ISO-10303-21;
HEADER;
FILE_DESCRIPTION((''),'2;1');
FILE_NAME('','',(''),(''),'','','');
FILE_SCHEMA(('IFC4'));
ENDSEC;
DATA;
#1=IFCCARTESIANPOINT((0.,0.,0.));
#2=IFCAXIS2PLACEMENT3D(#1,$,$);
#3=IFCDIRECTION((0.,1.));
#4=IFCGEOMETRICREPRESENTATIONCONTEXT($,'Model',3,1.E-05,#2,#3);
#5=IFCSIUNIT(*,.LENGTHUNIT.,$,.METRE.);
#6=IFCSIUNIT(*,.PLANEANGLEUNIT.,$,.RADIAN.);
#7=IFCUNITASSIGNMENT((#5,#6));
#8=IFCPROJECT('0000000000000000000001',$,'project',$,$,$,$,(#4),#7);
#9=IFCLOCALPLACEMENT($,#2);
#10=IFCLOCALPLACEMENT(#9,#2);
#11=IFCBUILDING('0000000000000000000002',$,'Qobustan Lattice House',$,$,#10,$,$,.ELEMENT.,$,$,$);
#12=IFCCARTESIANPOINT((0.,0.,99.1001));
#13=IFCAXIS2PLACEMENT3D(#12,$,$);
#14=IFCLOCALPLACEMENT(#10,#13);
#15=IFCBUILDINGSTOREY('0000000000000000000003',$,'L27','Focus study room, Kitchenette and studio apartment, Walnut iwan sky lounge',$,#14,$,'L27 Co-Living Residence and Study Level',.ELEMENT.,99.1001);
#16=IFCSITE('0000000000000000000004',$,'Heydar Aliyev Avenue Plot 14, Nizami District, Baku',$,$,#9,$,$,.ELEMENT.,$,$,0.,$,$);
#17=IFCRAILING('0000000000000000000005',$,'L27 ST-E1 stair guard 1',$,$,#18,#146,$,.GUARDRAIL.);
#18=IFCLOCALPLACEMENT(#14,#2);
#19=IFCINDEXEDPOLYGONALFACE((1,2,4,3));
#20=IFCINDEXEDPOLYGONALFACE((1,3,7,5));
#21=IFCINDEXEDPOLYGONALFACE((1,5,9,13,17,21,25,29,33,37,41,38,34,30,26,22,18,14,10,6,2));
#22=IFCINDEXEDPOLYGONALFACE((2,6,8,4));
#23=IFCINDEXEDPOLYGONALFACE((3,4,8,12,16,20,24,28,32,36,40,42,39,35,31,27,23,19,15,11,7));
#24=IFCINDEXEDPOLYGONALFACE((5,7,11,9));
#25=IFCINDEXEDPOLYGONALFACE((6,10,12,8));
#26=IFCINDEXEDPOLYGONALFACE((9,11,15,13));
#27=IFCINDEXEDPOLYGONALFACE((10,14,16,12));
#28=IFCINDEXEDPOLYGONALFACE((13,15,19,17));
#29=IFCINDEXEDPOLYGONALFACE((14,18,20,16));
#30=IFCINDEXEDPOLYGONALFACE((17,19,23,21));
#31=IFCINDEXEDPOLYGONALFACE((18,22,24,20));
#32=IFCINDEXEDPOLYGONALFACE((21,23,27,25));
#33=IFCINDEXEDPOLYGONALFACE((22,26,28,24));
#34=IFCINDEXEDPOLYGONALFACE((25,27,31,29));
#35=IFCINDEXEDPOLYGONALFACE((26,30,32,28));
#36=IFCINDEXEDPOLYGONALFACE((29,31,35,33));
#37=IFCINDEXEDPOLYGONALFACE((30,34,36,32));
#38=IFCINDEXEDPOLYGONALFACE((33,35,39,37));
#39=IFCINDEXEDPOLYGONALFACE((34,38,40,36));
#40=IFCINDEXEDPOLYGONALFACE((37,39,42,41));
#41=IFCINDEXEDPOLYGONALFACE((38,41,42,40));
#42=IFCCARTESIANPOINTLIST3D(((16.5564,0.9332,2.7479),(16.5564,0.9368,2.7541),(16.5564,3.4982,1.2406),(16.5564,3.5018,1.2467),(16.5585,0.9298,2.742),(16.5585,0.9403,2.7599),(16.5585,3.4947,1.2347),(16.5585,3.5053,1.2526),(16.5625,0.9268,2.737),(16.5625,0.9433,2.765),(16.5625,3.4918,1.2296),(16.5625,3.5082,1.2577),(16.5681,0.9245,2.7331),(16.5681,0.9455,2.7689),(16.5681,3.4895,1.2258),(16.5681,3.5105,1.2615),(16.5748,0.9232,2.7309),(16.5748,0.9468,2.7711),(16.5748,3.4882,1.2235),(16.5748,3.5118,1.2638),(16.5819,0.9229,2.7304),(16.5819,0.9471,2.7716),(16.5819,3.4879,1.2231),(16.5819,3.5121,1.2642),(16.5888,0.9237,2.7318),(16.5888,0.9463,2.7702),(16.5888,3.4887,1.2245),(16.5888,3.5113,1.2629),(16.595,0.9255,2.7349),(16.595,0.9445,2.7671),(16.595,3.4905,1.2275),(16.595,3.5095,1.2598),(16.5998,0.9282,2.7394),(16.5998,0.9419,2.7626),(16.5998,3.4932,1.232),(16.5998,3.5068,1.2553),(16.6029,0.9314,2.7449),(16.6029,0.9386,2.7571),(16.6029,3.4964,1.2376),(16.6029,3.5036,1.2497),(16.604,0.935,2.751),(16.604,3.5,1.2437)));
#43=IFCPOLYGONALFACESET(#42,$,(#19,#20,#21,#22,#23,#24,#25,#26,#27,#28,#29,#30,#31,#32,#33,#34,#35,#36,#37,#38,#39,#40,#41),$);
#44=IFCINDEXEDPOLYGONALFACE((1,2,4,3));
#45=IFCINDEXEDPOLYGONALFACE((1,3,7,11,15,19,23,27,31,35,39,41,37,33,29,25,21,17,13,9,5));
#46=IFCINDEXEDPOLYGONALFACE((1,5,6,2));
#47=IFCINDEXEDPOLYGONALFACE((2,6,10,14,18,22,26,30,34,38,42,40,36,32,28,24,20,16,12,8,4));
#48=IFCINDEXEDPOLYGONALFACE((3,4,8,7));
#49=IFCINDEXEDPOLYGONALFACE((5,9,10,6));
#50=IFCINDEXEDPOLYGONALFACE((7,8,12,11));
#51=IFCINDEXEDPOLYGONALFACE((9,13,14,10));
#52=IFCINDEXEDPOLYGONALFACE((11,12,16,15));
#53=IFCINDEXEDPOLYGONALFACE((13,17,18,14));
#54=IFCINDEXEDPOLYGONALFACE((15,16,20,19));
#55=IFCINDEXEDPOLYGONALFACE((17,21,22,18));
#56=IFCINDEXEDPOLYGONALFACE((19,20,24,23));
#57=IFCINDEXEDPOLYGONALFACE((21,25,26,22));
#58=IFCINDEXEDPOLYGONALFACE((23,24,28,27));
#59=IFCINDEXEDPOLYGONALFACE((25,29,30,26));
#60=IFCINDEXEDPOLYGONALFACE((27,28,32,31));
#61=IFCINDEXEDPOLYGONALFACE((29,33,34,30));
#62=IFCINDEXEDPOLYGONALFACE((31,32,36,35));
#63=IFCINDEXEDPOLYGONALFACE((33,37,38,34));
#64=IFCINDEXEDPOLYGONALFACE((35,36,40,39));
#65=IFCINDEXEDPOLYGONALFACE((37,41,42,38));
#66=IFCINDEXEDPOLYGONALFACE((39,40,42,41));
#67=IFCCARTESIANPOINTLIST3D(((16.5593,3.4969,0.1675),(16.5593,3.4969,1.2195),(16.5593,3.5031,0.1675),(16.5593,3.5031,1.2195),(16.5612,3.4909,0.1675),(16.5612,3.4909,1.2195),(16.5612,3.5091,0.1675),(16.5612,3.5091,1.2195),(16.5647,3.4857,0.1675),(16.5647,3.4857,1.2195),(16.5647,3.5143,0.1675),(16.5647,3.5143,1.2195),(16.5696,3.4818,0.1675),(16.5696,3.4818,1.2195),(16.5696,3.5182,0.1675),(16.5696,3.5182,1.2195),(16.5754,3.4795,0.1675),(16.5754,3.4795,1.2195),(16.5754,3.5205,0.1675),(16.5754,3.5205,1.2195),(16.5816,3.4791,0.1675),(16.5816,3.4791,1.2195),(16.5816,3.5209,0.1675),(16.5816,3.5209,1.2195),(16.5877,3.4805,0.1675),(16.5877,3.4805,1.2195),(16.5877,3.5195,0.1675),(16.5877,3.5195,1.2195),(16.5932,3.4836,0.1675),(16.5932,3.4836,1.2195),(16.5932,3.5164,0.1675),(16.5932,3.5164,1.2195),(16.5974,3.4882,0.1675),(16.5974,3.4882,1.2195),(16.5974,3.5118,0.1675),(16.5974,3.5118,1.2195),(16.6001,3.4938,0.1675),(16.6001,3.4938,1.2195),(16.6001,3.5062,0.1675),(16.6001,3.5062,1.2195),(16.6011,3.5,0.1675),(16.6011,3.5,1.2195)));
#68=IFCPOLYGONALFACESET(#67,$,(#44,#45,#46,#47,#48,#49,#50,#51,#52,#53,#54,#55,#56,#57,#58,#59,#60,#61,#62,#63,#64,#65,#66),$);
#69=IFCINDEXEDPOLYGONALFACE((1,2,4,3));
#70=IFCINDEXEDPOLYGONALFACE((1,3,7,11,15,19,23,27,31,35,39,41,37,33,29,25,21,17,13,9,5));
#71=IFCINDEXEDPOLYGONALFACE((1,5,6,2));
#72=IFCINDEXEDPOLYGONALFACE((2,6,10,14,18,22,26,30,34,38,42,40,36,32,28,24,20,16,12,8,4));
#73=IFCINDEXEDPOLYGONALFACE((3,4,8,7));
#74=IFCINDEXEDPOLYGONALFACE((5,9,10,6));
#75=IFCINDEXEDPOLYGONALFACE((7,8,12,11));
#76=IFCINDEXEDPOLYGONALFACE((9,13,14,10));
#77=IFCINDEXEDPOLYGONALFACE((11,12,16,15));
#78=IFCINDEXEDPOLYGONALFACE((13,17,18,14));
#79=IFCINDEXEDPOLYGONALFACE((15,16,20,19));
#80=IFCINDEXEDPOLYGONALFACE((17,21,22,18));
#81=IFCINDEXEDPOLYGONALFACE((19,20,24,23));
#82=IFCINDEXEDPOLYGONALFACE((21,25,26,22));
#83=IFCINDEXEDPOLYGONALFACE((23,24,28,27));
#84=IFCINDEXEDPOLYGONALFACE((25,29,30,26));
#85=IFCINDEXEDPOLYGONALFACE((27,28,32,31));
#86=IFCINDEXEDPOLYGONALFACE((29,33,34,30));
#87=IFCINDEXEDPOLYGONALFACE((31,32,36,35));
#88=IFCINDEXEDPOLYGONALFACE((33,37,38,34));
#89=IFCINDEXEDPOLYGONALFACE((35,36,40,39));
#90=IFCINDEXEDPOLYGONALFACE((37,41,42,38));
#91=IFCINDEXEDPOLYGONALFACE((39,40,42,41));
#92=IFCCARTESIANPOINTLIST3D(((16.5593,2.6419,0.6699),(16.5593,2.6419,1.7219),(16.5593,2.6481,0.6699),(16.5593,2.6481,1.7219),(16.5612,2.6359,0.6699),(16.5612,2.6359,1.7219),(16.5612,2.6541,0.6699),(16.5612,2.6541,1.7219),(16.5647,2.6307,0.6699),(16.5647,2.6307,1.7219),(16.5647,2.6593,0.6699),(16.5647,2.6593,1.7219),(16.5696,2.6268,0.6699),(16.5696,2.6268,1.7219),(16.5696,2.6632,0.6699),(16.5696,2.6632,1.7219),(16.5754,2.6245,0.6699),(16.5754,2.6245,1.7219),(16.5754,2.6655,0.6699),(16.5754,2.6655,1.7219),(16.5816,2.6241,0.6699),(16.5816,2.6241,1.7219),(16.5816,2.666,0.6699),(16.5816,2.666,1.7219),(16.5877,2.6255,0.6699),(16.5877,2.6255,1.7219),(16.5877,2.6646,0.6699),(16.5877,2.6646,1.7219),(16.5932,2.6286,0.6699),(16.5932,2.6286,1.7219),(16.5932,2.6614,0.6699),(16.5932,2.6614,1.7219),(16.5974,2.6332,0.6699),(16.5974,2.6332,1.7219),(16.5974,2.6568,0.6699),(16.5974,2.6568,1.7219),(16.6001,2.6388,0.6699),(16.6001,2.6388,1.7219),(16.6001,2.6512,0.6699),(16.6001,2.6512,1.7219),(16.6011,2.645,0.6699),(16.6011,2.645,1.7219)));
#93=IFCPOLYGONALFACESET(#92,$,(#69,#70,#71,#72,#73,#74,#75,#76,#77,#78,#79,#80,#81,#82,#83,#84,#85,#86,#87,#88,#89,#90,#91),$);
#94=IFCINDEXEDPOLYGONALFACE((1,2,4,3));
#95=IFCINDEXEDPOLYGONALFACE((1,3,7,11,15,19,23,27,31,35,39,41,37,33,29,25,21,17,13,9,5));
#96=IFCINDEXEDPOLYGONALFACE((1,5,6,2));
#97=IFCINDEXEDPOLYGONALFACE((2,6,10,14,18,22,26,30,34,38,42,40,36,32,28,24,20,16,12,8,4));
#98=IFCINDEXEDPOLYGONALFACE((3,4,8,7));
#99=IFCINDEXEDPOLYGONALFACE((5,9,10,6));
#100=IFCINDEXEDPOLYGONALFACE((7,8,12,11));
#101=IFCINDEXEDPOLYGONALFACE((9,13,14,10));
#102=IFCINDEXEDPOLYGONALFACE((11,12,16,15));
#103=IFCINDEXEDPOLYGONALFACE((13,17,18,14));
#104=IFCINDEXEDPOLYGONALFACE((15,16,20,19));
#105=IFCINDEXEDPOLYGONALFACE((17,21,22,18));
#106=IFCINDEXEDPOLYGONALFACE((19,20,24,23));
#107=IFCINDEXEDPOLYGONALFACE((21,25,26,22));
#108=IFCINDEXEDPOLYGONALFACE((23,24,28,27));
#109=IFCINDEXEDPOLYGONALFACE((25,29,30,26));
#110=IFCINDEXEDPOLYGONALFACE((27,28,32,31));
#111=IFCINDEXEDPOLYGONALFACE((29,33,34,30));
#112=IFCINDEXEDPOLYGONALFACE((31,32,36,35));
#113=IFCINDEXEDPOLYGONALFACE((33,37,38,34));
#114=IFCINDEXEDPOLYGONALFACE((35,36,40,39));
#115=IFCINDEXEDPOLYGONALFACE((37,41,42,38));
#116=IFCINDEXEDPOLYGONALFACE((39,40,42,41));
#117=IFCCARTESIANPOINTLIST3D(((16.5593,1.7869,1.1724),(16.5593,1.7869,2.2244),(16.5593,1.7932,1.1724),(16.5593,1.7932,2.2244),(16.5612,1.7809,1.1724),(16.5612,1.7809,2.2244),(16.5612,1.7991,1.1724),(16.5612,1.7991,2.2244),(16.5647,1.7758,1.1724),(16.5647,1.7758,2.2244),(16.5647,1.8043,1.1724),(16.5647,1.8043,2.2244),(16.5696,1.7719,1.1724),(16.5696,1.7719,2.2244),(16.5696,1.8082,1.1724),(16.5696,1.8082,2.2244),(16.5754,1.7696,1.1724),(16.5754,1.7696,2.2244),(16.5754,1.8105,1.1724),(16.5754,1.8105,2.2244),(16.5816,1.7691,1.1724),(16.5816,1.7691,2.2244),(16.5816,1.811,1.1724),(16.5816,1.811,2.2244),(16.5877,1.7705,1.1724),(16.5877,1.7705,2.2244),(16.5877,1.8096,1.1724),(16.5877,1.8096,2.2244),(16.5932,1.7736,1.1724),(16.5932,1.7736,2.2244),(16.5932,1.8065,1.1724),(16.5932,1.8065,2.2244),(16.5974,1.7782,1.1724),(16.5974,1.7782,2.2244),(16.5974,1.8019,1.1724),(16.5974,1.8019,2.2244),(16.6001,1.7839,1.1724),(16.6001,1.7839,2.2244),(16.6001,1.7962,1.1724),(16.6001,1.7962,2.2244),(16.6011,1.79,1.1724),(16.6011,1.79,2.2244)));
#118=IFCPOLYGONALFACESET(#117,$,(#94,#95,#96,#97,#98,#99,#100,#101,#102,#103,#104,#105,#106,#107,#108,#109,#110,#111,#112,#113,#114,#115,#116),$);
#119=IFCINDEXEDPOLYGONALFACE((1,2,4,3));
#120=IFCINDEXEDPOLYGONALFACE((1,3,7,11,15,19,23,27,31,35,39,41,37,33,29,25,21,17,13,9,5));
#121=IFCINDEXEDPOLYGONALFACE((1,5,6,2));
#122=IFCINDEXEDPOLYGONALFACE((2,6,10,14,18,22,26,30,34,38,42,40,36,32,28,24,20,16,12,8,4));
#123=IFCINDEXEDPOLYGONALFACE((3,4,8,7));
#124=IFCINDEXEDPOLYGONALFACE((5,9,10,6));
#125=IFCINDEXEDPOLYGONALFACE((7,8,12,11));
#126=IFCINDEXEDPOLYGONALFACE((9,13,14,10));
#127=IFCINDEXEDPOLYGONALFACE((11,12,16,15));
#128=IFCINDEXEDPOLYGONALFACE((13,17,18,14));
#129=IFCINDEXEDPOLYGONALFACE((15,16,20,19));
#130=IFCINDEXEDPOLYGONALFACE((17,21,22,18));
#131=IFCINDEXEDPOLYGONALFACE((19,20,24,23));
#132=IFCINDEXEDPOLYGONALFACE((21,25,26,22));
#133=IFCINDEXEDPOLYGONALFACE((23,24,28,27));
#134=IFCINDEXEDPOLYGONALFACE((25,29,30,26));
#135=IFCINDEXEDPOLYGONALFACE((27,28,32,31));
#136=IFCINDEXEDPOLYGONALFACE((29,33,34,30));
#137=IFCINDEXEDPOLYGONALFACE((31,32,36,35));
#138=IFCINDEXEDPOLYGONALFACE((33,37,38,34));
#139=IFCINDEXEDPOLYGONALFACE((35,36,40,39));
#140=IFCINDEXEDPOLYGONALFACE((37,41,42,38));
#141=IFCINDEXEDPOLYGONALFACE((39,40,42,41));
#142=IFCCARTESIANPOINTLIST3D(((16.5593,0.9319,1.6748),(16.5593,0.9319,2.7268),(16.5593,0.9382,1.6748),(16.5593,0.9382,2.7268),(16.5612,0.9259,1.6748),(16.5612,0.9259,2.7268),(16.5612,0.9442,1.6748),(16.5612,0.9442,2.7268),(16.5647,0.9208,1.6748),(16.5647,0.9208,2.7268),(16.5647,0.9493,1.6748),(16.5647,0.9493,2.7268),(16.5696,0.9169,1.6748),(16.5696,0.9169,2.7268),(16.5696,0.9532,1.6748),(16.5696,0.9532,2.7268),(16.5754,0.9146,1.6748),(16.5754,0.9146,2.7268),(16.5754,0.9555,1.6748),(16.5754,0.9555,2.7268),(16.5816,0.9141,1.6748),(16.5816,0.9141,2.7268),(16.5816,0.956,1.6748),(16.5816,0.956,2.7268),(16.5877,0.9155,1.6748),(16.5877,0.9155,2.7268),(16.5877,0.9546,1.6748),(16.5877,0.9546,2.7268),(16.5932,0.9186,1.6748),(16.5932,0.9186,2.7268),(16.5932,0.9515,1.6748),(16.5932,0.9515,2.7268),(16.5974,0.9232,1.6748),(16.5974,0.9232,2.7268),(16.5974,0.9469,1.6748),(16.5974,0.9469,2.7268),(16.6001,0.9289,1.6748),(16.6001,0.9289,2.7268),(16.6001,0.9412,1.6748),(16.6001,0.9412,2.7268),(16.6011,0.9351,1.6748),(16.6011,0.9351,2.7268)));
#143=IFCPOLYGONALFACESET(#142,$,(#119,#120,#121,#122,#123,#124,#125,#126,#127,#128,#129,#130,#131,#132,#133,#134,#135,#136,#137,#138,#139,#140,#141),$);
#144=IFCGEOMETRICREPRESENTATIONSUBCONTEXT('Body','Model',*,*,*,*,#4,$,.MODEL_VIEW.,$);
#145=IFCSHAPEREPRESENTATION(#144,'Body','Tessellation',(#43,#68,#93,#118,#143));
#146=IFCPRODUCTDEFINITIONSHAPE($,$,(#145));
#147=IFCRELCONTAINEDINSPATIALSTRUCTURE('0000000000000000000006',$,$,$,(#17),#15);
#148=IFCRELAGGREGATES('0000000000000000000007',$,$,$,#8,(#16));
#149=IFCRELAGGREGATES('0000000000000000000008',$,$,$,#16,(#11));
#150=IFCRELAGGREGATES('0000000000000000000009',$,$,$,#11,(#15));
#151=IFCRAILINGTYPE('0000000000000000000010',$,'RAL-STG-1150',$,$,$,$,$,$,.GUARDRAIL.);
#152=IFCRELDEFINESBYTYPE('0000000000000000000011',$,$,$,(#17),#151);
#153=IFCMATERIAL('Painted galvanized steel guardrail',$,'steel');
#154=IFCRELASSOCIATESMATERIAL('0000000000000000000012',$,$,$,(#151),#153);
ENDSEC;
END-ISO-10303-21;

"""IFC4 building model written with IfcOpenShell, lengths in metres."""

from ifc_helpers import new_model, si_unit, direction, frame, origin, origin_2d, place, context, subcontext, project, spatial, circle, extrude, material, type_object, element, save


model = new_model("IFC4")

# Units and contexts
model_context = context("Model", 3, precision=1e-05, world=origin(), true_north=direction((0.0, 1.0)))
body_context = subcontext(model_context, "Body", "Model", "MODEL_VIEW")
ifc_project = project(units=[si_unit("LENGTHUNIT", "METRE"), si_unit("PLANEANGLEUNIT", "RADIAN")], contexts=[model_context])

# Site, building, storey
site_placement = place(None, origin())
site = spatial("IfcSite", under=ifc_project, at=site_placement, Name="Heydar Aliyev Avenue Plot 14, Nizami District, Baku", CompositionType="ELEMENT", RefElevation=0.0)
building_placement = place(site_placement, origin())
building = spatial("IfcBuilding", under=site, at=building_placement, Name="Qobustan Lattice House", CompositionType="ELEMENT")
storey_placement = place(building_placement, frame((0.0, 0.0, 99.1001)))
storey = spatial("IfcBuildingStorey", under=building, at=storey_placement, Name="L27", Description="Focus study room, Kitchenette and studio apartment, Walnut iwan sky lounge", LongName="L27 Co-Living Residence and Study Level", CompositionType="ELEMENT", Elevation=99.1001)

# Railing
ifc_material_1 = material(Name="Painted galvanized steel guardrail", Category="steel")
railing_type_1 = type_object("IfcRailingType", Name="RAL-STG-1150", PredefinedType="GUARDRAIL", material=ifc_material_1)
railing_1_placement = place(storey_placement, frame((16.5801, 3.5, 0.1675)))
element("IfcRailing", 1, at=railing_1_placement, inside=storey, type_object=railing_type_1, Name="L27 ST-E1 stair guard 1", PredefinedType="GUARDRAIL", context=body_context, shape_type="SweptSolid", body=[
    extrude(circle(Radius=0.0239, at=origin_2d()), frame((0.0, 0.0, 1.0762), z_axis=(0.0, -0.862149, 0.506654), x_axis=(1.0, 0.0, 0.0)), (0.0, 0.0, 1.0), 2.9751),
    extrude(circle(Radius=0.021, at=origin_2d()), origin(), (0.0, 0.0, 1.0), 1.052),
    extrude(circle(Radius=0.021, at=origin_2d()), frame((0.0, -0.855, 0.5024)), (0.0, 0.0, 1.0), 1.052),
    extrude(circle(Radius=0.021, at=origin_2d()), frame((0.0, -1.71, 1.0049)), (0.0, 0.0, 1.0), 1.052),
    extrude(circle(Radius=0.021, at=origin_2d()), frame((0.0, -2.5649, 1.5073)), (0.0, 0.0, 1.0), 1.052),
])

save(model, "model.ifc")
